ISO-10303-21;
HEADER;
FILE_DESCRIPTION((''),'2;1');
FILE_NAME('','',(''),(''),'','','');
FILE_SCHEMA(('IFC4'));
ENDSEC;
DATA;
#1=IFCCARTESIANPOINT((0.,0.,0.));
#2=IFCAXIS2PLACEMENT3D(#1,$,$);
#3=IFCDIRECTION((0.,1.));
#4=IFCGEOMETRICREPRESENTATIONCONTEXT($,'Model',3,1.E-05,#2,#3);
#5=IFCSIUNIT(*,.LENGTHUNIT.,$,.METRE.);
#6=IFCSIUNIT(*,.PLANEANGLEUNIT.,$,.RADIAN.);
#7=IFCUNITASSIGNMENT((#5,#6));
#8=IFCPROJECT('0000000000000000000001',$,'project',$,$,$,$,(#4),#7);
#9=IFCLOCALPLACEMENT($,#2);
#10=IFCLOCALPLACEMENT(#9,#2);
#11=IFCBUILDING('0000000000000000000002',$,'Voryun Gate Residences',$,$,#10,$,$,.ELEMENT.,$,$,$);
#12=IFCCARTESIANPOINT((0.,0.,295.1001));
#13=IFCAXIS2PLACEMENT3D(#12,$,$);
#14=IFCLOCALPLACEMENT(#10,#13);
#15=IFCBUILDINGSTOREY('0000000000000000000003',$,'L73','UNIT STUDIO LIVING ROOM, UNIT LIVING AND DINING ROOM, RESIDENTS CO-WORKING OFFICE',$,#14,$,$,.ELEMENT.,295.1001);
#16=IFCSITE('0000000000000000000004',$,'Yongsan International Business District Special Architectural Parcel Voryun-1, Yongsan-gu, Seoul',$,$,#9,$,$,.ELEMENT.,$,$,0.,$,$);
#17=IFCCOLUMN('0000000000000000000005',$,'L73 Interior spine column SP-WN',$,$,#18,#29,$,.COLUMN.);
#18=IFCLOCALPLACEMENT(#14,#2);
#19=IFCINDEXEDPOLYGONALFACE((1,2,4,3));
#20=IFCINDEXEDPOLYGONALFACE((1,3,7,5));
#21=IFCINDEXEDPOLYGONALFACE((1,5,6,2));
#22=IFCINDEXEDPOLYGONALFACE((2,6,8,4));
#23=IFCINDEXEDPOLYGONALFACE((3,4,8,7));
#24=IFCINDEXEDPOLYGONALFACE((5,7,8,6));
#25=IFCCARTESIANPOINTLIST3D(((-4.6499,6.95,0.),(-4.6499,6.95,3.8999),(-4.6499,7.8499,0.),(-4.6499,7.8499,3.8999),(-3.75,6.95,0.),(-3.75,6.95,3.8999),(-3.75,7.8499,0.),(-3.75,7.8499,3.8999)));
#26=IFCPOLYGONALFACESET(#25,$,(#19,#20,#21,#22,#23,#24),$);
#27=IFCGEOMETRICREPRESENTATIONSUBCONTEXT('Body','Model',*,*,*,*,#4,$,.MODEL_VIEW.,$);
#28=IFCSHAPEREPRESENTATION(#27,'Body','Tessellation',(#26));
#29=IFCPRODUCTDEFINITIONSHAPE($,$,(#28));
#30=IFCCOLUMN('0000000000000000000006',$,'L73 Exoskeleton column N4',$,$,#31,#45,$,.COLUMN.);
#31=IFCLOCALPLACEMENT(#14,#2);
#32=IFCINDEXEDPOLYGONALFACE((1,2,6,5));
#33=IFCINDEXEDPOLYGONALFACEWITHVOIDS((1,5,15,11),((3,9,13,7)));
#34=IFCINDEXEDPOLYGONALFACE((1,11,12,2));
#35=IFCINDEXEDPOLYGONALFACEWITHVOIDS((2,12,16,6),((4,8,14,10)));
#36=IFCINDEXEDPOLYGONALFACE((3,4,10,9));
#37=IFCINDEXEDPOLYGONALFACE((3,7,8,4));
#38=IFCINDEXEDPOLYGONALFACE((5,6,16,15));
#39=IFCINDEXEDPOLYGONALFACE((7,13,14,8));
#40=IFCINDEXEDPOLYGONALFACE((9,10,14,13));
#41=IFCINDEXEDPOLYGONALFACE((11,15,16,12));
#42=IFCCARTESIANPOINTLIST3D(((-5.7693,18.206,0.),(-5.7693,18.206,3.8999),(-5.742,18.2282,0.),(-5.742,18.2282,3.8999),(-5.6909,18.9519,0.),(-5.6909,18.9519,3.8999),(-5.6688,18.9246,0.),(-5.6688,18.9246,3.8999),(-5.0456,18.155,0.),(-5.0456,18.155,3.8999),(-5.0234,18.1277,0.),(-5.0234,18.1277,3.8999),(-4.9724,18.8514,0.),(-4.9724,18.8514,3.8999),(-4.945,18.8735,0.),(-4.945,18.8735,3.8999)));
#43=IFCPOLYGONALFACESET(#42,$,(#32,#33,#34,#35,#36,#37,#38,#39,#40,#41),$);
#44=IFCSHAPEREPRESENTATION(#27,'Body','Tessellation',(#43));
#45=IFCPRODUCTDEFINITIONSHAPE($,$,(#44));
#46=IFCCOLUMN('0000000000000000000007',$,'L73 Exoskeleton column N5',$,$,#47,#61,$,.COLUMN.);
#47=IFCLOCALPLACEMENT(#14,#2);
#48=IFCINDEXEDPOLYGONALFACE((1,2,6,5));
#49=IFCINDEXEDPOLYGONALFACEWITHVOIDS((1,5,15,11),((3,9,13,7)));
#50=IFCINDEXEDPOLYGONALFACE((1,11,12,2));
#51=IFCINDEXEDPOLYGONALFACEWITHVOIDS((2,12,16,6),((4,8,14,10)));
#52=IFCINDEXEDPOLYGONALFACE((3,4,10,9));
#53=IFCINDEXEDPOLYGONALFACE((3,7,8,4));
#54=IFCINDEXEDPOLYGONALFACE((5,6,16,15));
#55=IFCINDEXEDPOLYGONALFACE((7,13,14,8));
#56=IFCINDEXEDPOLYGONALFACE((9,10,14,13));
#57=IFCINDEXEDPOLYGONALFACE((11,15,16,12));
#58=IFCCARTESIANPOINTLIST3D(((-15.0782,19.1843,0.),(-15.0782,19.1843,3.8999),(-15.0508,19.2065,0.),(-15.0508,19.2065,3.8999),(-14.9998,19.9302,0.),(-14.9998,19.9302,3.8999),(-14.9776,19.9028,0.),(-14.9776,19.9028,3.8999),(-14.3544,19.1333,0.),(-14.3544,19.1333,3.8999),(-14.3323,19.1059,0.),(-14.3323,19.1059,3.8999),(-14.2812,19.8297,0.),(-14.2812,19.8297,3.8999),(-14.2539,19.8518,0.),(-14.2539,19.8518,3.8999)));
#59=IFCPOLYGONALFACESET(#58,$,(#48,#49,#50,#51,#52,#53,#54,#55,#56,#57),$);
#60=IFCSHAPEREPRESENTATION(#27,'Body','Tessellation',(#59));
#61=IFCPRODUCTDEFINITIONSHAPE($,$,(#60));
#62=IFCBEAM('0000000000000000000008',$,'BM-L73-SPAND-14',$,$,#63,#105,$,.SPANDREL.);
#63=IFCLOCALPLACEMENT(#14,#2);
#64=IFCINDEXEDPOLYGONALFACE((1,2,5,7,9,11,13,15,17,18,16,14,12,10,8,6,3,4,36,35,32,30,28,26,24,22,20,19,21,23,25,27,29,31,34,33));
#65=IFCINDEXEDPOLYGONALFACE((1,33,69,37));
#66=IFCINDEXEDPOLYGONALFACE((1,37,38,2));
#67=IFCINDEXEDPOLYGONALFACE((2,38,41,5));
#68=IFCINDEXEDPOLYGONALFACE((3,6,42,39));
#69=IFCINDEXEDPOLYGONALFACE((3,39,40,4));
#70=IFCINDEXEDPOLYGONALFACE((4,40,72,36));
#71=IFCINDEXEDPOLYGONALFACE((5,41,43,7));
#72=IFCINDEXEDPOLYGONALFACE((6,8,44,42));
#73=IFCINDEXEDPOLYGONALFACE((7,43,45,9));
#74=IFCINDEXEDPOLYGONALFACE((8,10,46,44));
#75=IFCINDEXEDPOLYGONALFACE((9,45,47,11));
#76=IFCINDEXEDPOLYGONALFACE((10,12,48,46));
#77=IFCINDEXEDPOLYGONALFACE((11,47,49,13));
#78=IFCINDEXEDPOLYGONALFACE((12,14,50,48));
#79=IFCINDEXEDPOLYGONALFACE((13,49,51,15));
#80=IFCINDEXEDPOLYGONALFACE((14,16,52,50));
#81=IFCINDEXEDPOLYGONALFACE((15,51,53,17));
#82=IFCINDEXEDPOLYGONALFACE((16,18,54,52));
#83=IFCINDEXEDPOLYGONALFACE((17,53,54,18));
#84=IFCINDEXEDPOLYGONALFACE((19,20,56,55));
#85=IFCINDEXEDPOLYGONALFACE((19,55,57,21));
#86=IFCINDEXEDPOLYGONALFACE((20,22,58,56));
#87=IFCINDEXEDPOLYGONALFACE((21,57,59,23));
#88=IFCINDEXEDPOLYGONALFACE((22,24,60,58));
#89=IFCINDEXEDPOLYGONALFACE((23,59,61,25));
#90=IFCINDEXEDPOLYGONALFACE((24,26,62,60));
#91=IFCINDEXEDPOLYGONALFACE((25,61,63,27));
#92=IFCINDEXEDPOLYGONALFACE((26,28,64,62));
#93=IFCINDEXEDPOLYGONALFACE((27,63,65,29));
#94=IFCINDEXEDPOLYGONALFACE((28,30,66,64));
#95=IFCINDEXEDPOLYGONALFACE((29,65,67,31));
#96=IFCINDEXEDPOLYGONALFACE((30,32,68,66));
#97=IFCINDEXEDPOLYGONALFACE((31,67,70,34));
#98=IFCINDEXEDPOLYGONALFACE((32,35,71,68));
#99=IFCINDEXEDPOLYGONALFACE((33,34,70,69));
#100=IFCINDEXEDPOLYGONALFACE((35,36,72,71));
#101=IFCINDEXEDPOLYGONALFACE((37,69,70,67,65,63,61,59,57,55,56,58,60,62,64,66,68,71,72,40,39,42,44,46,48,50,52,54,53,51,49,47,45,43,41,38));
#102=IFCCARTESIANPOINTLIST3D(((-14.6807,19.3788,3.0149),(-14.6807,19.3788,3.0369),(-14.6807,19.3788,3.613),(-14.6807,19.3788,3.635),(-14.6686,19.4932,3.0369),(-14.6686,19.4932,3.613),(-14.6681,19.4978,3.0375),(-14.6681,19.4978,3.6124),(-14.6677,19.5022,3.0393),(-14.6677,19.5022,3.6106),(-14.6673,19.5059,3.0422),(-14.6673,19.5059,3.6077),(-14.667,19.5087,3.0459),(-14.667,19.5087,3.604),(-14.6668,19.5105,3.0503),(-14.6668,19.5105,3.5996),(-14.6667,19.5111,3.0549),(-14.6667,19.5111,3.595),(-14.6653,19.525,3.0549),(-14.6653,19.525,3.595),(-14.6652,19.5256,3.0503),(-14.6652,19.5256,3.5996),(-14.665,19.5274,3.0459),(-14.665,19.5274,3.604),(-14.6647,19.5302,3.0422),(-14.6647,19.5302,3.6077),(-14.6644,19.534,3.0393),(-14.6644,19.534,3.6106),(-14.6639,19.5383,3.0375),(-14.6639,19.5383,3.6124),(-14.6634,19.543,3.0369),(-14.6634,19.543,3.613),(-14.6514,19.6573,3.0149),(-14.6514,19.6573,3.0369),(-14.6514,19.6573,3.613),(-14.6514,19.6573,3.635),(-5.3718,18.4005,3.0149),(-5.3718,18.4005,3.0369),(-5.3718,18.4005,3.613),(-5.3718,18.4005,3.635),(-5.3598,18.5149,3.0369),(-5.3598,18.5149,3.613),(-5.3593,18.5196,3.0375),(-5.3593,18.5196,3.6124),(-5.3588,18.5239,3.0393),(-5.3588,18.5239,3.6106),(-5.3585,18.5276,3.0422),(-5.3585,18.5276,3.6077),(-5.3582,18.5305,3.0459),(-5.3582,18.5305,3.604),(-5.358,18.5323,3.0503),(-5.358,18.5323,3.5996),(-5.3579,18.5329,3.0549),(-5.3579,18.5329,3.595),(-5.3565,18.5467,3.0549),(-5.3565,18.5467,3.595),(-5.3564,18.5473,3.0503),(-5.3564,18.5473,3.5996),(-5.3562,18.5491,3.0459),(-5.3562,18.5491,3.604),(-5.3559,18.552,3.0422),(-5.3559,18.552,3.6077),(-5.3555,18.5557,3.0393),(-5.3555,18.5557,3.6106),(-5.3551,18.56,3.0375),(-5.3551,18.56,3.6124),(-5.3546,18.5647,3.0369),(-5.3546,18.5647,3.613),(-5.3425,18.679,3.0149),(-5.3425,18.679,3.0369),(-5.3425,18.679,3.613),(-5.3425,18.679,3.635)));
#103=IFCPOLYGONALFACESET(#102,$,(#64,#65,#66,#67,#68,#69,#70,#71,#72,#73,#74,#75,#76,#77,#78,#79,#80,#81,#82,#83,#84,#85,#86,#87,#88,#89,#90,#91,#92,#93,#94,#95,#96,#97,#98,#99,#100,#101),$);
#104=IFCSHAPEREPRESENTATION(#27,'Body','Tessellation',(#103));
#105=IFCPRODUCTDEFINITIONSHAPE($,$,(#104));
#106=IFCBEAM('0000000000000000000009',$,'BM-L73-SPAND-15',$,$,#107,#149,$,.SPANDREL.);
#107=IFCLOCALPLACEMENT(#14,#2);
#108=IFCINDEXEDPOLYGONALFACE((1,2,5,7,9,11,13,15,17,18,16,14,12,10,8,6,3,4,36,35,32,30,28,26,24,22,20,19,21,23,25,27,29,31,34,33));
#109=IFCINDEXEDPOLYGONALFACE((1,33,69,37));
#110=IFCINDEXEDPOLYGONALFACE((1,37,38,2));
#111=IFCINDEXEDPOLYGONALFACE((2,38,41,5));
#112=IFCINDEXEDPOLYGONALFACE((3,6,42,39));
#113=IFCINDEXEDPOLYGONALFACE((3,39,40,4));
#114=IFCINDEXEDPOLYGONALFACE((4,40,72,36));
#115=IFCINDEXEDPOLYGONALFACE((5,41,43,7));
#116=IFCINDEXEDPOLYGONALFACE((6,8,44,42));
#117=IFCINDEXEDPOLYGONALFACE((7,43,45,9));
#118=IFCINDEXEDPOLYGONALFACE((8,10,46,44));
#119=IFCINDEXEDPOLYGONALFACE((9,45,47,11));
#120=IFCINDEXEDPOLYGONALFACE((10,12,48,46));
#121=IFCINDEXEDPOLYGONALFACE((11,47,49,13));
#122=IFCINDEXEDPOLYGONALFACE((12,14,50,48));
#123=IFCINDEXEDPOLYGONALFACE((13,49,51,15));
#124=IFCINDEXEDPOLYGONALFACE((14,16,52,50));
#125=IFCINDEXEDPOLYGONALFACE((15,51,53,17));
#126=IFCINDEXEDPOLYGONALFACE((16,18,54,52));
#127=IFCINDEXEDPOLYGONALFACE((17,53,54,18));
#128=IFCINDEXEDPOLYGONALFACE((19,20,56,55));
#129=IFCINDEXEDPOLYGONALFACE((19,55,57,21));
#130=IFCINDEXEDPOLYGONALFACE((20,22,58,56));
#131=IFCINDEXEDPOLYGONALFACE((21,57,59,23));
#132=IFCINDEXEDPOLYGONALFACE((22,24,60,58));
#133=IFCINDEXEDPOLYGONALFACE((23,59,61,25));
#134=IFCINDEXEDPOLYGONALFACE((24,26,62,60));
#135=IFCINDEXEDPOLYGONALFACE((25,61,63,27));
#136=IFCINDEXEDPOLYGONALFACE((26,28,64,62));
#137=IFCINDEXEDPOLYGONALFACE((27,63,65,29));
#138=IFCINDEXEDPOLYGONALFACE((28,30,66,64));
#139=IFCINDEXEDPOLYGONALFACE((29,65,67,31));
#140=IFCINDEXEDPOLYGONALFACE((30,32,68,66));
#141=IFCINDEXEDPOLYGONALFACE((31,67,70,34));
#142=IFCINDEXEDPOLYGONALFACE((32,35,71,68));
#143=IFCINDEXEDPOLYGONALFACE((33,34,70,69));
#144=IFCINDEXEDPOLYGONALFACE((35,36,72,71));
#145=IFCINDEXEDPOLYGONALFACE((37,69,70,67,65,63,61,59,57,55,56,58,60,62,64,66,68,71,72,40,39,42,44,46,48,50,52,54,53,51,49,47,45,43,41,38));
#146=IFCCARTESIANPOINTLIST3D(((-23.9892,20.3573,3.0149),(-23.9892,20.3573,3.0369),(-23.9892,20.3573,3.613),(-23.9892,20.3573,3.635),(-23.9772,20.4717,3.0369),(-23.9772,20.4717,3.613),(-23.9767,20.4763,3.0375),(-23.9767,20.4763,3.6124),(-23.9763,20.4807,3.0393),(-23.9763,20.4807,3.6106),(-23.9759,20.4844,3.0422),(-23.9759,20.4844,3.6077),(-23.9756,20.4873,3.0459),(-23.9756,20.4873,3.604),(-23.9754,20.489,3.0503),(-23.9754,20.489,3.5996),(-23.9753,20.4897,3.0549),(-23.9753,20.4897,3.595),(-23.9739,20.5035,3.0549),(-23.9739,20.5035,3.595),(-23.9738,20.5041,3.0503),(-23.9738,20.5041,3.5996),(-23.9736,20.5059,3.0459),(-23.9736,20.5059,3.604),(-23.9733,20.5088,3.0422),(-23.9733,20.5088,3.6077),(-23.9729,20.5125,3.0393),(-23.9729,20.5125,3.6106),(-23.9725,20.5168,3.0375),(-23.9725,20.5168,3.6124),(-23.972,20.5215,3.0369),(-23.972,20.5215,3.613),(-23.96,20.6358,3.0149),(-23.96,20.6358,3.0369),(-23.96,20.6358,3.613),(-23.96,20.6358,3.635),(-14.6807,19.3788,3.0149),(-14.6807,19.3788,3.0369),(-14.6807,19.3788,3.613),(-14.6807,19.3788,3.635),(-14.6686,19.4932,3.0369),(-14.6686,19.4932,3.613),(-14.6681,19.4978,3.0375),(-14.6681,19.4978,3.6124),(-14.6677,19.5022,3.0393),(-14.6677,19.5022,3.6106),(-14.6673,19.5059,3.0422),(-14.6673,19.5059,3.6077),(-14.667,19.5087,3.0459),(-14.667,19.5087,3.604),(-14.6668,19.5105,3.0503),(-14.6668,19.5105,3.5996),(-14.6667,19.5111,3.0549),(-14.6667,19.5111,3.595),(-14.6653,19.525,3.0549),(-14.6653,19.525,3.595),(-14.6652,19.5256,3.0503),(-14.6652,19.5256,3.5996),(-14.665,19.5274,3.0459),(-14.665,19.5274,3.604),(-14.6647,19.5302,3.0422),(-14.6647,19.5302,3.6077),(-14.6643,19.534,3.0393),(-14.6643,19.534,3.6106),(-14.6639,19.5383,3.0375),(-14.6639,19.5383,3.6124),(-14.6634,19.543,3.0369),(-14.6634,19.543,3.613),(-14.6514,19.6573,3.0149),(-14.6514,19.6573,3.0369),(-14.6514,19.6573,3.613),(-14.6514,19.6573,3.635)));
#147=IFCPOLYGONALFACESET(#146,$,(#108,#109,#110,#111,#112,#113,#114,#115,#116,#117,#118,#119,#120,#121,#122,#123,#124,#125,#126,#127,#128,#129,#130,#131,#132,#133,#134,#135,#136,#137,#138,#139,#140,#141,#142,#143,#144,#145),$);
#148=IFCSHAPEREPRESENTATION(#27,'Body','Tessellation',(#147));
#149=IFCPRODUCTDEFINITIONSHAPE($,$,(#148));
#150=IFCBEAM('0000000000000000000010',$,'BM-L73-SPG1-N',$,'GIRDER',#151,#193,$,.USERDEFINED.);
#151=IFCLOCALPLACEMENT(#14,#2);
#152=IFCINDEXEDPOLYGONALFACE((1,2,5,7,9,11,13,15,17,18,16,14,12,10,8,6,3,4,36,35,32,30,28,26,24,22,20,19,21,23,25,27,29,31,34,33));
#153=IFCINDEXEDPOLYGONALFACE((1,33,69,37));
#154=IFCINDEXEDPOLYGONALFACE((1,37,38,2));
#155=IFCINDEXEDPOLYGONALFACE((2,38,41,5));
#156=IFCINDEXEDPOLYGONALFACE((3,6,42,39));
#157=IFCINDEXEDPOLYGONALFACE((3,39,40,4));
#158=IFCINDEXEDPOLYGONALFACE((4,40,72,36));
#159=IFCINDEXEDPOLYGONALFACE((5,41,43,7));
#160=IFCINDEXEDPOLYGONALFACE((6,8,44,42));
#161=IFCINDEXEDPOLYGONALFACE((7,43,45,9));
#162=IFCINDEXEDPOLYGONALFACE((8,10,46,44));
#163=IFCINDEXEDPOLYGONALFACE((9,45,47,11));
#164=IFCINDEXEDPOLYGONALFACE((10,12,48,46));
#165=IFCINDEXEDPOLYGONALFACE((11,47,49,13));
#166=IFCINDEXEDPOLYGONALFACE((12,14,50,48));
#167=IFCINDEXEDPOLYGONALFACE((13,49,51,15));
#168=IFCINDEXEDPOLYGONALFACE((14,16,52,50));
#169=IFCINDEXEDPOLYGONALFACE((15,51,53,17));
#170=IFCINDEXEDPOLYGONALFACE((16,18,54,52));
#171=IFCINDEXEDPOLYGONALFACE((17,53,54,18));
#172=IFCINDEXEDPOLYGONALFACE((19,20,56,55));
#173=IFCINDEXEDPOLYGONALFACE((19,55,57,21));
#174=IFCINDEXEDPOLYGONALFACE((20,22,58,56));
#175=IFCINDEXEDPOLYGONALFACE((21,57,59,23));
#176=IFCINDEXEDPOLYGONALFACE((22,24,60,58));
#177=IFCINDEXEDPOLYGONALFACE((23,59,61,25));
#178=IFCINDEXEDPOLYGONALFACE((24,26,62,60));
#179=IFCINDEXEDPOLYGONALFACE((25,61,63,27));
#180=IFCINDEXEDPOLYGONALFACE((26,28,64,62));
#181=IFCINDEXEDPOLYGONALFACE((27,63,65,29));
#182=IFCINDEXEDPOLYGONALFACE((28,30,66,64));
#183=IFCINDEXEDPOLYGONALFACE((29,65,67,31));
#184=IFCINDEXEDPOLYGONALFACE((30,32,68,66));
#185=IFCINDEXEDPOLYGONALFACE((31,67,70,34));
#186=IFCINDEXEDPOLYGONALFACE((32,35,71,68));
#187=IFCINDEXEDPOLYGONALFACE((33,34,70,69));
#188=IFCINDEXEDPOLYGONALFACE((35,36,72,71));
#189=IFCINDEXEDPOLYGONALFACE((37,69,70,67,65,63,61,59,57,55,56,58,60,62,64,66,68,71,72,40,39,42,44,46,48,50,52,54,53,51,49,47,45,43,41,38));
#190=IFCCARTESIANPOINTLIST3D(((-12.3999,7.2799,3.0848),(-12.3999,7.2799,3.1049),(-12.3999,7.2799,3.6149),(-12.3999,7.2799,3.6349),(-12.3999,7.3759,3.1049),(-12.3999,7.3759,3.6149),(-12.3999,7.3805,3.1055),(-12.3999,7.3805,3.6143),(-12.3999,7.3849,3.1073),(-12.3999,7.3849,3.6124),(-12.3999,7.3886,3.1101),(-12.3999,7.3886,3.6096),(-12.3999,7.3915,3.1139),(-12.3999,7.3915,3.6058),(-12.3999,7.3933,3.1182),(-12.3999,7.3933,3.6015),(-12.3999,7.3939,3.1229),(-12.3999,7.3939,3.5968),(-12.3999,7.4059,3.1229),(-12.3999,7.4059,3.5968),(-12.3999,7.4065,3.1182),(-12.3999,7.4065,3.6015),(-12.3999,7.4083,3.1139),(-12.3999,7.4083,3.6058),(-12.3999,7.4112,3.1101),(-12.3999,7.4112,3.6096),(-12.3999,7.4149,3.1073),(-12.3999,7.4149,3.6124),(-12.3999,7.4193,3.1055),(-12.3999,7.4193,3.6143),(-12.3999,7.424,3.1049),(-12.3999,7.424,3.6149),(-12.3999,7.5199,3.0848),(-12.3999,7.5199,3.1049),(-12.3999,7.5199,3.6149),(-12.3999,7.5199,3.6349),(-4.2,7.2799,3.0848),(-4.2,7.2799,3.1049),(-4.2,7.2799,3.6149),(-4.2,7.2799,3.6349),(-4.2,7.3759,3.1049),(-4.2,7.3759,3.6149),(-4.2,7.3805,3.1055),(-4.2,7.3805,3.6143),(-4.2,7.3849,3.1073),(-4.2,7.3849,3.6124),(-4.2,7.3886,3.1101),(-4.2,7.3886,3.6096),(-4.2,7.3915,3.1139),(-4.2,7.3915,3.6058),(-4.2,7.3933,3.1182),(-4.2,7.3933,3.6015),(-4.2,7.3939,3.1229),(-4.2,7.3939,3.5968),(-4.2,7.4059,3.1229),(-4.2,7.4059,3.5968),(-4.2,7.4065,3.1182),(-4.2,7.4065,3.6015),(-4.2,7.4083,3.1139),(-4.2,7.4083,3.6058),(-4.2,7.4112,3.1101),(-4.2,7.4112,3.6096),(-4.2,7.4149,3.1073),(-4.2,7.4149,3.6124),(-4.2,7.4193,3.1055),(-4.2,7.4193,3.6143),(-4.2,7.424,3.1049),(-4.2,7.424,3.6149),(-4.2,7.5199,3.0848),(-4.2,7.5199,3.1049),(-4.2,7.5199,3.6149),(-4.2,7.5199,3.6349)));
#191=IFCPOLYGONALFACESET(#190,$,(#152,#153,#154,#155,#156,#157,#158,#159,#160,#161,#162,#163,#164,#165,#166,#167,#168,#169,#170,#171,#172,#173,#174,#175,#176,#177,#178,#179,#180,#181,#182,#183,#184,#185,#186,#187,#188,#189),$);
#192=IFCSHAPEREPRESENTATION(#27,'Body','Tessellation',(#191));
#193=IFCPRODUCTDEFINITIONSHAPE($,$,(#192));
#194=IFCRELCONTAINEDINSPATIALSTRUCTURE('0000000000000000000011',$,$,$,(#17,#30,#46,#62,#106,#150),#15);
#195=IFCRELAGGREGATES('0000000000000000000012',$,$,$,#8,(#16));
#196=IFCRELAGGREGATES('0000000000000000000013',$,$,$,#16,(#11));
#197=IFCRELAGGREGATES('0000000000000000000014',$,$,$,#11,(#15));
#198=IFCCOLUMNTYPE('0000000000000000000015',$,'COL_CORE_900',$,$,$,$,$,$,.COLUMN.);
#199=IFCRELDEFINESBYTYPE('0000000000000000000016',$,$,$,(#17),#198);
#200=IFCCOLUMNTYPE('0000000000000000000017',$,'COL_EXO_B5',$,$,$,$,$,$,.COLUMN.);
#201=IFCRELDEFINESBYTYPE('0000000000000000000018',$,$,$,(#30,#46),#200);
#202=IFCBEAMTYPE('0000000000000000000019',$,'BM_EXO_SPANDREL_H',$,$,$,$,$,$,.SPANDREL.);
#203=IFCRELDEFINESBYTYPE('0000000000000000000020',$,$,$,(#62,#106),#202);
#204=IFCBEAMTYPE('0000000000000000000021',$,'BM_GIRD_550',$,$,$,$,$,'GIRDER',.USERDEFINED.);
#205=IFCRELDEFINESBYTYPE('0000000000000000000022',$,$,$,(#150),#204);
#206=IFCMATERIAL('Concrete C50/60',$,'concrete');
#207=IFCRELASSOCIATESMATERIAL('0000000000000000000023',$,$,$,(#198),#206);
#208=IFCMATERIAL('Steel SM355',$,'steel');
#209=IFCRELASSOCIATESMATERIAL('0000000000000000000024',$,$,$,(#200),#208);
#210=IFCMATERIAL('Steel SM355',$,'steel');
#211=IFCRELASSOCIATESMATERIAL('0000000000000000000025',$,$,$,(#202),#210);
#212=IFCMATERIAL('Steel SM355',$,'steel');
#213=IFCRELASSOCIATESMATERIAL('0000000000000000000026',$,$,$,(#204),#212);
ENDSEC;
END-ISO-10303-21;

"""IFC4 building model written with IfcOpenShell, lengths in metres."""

from ifc_helpers import new_model, si_unit, direction, frame, origin, origin_2d, place, context, subcontext, project, spatial, rectangle, hollow_rectangle, i_section, extrude, material, material_profile, profile_set, type_object, element, save


model = new_model("IFC4")

# Units and contexts
model_context = context("Model", 3, precision=1e-05, world=origin(), true_north=direction((0.0, 1.0)))
body_context = subcontext(model_context, "Body", "Model", "MODEL_VIEW")
ifc_project = project(units=[si_unit("LENGTHUNIT", "METRE"), si_unit("PLANEANGLEUNIT", "RADIAN")], contexts=[model_context])

# Site, building, storey
site_placement = place(None, origin())
site = spatial("IfcSite", under=ifc_project, at=site_placement, Name="Yongsan International Business District Special Architectural Parcel Voryun-1, Yongsan-gu, Seoul", CompositionType="ELEMENT", RefElevation=0.0)
building_placement = place(site_placement, origin())
building = spatial("IfcBuilding", under=site, at=building_placement, Name="Voryun Gate Residences", CompositionType="ELEMENT")
storey_placement = place(building_placement, frame((0.0, 0.0, 295.1001)))
storey = spatial("IfcBuildingStorey", under=building, at=storey_placement, Name="L73", Description="UNIT STUDIO LIVING ROOM, UNIT LIVING AND DINING ROOM, RESIDENTS CO-WORKING OFFICE", CompositionType="ELEMENT", Elevation=295.1001)

# Columns
ifc_material_1 = material(Name="Concrete C50/60", Category="concrete")
ifc_material_profile_1 = material_profile(ifc_material_1, rectangle(XDim=0.8999, YDim=0.8999, at=origin_2d()), Name="RC-900x900")
ifc_profile_set_1 = profile_set([ifc_material_profile_1], Name="Concrete C50/60")
column_type_1 = type_object("IfcColumnType", Name="COL_CORE_900", PredefinedType="COLUMN", material=ifc_profile_set_1)
column_placement = place(storey_placement, frame((-4.2, 7.3999, 0.0), z_axis=(0.0, 0.0, 1.0), x_axis=(1.0, 0.0, 0.0)))
element("IfcColumn", 1, at=column_placement, inside=storey, type_object=column_type_1, Name="L73 Interior spine column SP-WN", PredefinedType="COLUMN", context=body_context, shape_type="SweptSolid", body=[
    extrude(rectangle(XDim=0.8999, YDim=0.8999, at=origin_2d()), origin(), (0.0, 0.0, 1.0), 3.8999),
])
ifc_material_2 = material(Name="Steel SM355", Category="steel")
ifc_material_profile_2 = material_profile(ifc_material_2, hollow_rectangle(XDim=0.75, YDim=0.75, WallThickness=0.0249, at=origin_2d()), Name="BOX-750x750x25")
ifc_profile_set_2 = profile_set([ifc_material_profile_2], Name="Steel SM355")
column_type_2 = type_object("IfcColumnType", Name="COL_EXO_B5", PredefinedType="COLUMN", material=ifc_profile_set_2)
for number, where, z_axis, x_axis, name in (
    (2, (-5.3572, 18.5398, 0.0), (0.0, 0.0, 1.0), (0.994522, -0.104528, 0.0), "L73 Exoskeleton column N4"),
    (3, (-14.666, 19.5181, 0.0), (0.0, 0.0, 1.0), (0.994522, -0.104528, 0.0), "L73 Exoskeleton column N5"),
):
    element("IfcColumn", number, at=place(storey_placement, frame(where, z_axis=z_axis, x_axis=x_axis)), inside=storey, type_object=column_type_2, Name=name, PredefinedType="COLUMN", context=body_context, shape_type="SweptSolid", body=[
        extrude(hollow_rectangle(XDim=0.75, YDim=0.75, WallThickness=0.0249, at=origin_2d()), origin(), (0.0, 0.0, 1.0), 3.8999),
    ])

# Beams
ifc_material_3 = material(Name="Steel SM355", Category="steel")
ifc_material_profile_3 = material_profile(ifc_material_3, i_section(OverallWidth=0.28, OverallDepth=0.6201, WebThickness=0.0139, FlangeThickness=0.022, FilletRadius=0.0181, at=origin_2d()), Name="H-620x280x14x22")
ifc_profile_set_3 = profile_set([ifc_material_profile_3], Name="Steel SM355")
beam_type_1 = type_object("IfcBeamType", Name="BM_EXO_SPANDREL_H", PredefinedType="SPANDREL", material=ifc_profile_set_3)
beam_1_placement = place(storey_placement, frame((-5.3572, 18.5398, 3.325), z_axis=(-0.994523, 0.104515, 0.0), x_axis=(-0.104515, -0.994523, 0.0)))
element("IfcBeam", 4, at=beam_1_placement, inside=storey, type_object=beam_type_1, Name="BM-L73-SPAND-14", PredefinedType="SPANDREL", context=body_context, shape_type="SweptSolid", body=[
    extrude(i_section(OverallWidth=0.28, OverallDepth=0.6201, WebThickness=0.0139, FlangeThickness=0.022, FilletRadius=0.0181, at=origin_2d()), origin(), (0.0, 0.0, 1.0), 9.3601),
])
beam_2_placement = place(storey_placement, frame((-14.666, 19.5181, 3.325), z_axis=(-0.99452, 0.104544, 0.0), x_axis=(-0.104544, -0.99452, 0.0)))
element("IfcBeam", 5, at=beam_2_placement, inside=storey, type_object=beam_type_1, Name="BM-L73-SPAND-15", PredefinedType="SPANDREL", context=body_context, shape_type="SweptSolid", body=[
    extrude(i_section(OverallWidth=0.28, OverallDepth=0.6201, WebThickness=0.0139, FlangeThickness=0.022, FilletRadius=0.0181, at=origin_2d()), origin(), (0.0, 0.0, 1.0), 9.3599),
])
ifc_material_4 = material(Name="Steel SM355", Category="steel")
ifc_material_profile_4 = material_profile(ifc_material_4, i_section(OverallWidth=0.24, OverallDepth=0.55, WebThickness=0.012, FlangeThickness=0.02, FilletRadius=0.0181, at=origin_2d()), Name="H-550x240x12x20")
ifc_profile_set_4 = profile_set([ifc_material_profile_4], Name="Steel SM355")
beam_type_2 = type_object("IfcBeamType", Name="BM_GIRD_550", ElementType="GIRDER", PredefinedType="USERDEFINED", material=ifc_profile_set_4)
beam_3_placement = place(storey_placement, frame((-12.3999, 7.3999, 3.3599), z_axis=(1.0, 0.0, 0.0), x_axis=(0.0, 1.0, 0.0)))
element("IfcBeam", 6, at=beam_3_placement, inside=storey, type_object=beam_type_2, Name="BM-L73-SPG1-N", ObjectType="GIRDER", PredefinedType="USERDEFINED", context=body_context, shape_type="SweptSolid", body=[
    extrude(i_section(OverallWidth=0.24, OverallDepth=0.55, WebThickness=0.012, FlangeThickness=0.02, FilletRadius=0.0181, at=origin_2d()), origin(), (0.0, 0.0, 1.0), 8.2),
])

save(model, "model.ifc")
